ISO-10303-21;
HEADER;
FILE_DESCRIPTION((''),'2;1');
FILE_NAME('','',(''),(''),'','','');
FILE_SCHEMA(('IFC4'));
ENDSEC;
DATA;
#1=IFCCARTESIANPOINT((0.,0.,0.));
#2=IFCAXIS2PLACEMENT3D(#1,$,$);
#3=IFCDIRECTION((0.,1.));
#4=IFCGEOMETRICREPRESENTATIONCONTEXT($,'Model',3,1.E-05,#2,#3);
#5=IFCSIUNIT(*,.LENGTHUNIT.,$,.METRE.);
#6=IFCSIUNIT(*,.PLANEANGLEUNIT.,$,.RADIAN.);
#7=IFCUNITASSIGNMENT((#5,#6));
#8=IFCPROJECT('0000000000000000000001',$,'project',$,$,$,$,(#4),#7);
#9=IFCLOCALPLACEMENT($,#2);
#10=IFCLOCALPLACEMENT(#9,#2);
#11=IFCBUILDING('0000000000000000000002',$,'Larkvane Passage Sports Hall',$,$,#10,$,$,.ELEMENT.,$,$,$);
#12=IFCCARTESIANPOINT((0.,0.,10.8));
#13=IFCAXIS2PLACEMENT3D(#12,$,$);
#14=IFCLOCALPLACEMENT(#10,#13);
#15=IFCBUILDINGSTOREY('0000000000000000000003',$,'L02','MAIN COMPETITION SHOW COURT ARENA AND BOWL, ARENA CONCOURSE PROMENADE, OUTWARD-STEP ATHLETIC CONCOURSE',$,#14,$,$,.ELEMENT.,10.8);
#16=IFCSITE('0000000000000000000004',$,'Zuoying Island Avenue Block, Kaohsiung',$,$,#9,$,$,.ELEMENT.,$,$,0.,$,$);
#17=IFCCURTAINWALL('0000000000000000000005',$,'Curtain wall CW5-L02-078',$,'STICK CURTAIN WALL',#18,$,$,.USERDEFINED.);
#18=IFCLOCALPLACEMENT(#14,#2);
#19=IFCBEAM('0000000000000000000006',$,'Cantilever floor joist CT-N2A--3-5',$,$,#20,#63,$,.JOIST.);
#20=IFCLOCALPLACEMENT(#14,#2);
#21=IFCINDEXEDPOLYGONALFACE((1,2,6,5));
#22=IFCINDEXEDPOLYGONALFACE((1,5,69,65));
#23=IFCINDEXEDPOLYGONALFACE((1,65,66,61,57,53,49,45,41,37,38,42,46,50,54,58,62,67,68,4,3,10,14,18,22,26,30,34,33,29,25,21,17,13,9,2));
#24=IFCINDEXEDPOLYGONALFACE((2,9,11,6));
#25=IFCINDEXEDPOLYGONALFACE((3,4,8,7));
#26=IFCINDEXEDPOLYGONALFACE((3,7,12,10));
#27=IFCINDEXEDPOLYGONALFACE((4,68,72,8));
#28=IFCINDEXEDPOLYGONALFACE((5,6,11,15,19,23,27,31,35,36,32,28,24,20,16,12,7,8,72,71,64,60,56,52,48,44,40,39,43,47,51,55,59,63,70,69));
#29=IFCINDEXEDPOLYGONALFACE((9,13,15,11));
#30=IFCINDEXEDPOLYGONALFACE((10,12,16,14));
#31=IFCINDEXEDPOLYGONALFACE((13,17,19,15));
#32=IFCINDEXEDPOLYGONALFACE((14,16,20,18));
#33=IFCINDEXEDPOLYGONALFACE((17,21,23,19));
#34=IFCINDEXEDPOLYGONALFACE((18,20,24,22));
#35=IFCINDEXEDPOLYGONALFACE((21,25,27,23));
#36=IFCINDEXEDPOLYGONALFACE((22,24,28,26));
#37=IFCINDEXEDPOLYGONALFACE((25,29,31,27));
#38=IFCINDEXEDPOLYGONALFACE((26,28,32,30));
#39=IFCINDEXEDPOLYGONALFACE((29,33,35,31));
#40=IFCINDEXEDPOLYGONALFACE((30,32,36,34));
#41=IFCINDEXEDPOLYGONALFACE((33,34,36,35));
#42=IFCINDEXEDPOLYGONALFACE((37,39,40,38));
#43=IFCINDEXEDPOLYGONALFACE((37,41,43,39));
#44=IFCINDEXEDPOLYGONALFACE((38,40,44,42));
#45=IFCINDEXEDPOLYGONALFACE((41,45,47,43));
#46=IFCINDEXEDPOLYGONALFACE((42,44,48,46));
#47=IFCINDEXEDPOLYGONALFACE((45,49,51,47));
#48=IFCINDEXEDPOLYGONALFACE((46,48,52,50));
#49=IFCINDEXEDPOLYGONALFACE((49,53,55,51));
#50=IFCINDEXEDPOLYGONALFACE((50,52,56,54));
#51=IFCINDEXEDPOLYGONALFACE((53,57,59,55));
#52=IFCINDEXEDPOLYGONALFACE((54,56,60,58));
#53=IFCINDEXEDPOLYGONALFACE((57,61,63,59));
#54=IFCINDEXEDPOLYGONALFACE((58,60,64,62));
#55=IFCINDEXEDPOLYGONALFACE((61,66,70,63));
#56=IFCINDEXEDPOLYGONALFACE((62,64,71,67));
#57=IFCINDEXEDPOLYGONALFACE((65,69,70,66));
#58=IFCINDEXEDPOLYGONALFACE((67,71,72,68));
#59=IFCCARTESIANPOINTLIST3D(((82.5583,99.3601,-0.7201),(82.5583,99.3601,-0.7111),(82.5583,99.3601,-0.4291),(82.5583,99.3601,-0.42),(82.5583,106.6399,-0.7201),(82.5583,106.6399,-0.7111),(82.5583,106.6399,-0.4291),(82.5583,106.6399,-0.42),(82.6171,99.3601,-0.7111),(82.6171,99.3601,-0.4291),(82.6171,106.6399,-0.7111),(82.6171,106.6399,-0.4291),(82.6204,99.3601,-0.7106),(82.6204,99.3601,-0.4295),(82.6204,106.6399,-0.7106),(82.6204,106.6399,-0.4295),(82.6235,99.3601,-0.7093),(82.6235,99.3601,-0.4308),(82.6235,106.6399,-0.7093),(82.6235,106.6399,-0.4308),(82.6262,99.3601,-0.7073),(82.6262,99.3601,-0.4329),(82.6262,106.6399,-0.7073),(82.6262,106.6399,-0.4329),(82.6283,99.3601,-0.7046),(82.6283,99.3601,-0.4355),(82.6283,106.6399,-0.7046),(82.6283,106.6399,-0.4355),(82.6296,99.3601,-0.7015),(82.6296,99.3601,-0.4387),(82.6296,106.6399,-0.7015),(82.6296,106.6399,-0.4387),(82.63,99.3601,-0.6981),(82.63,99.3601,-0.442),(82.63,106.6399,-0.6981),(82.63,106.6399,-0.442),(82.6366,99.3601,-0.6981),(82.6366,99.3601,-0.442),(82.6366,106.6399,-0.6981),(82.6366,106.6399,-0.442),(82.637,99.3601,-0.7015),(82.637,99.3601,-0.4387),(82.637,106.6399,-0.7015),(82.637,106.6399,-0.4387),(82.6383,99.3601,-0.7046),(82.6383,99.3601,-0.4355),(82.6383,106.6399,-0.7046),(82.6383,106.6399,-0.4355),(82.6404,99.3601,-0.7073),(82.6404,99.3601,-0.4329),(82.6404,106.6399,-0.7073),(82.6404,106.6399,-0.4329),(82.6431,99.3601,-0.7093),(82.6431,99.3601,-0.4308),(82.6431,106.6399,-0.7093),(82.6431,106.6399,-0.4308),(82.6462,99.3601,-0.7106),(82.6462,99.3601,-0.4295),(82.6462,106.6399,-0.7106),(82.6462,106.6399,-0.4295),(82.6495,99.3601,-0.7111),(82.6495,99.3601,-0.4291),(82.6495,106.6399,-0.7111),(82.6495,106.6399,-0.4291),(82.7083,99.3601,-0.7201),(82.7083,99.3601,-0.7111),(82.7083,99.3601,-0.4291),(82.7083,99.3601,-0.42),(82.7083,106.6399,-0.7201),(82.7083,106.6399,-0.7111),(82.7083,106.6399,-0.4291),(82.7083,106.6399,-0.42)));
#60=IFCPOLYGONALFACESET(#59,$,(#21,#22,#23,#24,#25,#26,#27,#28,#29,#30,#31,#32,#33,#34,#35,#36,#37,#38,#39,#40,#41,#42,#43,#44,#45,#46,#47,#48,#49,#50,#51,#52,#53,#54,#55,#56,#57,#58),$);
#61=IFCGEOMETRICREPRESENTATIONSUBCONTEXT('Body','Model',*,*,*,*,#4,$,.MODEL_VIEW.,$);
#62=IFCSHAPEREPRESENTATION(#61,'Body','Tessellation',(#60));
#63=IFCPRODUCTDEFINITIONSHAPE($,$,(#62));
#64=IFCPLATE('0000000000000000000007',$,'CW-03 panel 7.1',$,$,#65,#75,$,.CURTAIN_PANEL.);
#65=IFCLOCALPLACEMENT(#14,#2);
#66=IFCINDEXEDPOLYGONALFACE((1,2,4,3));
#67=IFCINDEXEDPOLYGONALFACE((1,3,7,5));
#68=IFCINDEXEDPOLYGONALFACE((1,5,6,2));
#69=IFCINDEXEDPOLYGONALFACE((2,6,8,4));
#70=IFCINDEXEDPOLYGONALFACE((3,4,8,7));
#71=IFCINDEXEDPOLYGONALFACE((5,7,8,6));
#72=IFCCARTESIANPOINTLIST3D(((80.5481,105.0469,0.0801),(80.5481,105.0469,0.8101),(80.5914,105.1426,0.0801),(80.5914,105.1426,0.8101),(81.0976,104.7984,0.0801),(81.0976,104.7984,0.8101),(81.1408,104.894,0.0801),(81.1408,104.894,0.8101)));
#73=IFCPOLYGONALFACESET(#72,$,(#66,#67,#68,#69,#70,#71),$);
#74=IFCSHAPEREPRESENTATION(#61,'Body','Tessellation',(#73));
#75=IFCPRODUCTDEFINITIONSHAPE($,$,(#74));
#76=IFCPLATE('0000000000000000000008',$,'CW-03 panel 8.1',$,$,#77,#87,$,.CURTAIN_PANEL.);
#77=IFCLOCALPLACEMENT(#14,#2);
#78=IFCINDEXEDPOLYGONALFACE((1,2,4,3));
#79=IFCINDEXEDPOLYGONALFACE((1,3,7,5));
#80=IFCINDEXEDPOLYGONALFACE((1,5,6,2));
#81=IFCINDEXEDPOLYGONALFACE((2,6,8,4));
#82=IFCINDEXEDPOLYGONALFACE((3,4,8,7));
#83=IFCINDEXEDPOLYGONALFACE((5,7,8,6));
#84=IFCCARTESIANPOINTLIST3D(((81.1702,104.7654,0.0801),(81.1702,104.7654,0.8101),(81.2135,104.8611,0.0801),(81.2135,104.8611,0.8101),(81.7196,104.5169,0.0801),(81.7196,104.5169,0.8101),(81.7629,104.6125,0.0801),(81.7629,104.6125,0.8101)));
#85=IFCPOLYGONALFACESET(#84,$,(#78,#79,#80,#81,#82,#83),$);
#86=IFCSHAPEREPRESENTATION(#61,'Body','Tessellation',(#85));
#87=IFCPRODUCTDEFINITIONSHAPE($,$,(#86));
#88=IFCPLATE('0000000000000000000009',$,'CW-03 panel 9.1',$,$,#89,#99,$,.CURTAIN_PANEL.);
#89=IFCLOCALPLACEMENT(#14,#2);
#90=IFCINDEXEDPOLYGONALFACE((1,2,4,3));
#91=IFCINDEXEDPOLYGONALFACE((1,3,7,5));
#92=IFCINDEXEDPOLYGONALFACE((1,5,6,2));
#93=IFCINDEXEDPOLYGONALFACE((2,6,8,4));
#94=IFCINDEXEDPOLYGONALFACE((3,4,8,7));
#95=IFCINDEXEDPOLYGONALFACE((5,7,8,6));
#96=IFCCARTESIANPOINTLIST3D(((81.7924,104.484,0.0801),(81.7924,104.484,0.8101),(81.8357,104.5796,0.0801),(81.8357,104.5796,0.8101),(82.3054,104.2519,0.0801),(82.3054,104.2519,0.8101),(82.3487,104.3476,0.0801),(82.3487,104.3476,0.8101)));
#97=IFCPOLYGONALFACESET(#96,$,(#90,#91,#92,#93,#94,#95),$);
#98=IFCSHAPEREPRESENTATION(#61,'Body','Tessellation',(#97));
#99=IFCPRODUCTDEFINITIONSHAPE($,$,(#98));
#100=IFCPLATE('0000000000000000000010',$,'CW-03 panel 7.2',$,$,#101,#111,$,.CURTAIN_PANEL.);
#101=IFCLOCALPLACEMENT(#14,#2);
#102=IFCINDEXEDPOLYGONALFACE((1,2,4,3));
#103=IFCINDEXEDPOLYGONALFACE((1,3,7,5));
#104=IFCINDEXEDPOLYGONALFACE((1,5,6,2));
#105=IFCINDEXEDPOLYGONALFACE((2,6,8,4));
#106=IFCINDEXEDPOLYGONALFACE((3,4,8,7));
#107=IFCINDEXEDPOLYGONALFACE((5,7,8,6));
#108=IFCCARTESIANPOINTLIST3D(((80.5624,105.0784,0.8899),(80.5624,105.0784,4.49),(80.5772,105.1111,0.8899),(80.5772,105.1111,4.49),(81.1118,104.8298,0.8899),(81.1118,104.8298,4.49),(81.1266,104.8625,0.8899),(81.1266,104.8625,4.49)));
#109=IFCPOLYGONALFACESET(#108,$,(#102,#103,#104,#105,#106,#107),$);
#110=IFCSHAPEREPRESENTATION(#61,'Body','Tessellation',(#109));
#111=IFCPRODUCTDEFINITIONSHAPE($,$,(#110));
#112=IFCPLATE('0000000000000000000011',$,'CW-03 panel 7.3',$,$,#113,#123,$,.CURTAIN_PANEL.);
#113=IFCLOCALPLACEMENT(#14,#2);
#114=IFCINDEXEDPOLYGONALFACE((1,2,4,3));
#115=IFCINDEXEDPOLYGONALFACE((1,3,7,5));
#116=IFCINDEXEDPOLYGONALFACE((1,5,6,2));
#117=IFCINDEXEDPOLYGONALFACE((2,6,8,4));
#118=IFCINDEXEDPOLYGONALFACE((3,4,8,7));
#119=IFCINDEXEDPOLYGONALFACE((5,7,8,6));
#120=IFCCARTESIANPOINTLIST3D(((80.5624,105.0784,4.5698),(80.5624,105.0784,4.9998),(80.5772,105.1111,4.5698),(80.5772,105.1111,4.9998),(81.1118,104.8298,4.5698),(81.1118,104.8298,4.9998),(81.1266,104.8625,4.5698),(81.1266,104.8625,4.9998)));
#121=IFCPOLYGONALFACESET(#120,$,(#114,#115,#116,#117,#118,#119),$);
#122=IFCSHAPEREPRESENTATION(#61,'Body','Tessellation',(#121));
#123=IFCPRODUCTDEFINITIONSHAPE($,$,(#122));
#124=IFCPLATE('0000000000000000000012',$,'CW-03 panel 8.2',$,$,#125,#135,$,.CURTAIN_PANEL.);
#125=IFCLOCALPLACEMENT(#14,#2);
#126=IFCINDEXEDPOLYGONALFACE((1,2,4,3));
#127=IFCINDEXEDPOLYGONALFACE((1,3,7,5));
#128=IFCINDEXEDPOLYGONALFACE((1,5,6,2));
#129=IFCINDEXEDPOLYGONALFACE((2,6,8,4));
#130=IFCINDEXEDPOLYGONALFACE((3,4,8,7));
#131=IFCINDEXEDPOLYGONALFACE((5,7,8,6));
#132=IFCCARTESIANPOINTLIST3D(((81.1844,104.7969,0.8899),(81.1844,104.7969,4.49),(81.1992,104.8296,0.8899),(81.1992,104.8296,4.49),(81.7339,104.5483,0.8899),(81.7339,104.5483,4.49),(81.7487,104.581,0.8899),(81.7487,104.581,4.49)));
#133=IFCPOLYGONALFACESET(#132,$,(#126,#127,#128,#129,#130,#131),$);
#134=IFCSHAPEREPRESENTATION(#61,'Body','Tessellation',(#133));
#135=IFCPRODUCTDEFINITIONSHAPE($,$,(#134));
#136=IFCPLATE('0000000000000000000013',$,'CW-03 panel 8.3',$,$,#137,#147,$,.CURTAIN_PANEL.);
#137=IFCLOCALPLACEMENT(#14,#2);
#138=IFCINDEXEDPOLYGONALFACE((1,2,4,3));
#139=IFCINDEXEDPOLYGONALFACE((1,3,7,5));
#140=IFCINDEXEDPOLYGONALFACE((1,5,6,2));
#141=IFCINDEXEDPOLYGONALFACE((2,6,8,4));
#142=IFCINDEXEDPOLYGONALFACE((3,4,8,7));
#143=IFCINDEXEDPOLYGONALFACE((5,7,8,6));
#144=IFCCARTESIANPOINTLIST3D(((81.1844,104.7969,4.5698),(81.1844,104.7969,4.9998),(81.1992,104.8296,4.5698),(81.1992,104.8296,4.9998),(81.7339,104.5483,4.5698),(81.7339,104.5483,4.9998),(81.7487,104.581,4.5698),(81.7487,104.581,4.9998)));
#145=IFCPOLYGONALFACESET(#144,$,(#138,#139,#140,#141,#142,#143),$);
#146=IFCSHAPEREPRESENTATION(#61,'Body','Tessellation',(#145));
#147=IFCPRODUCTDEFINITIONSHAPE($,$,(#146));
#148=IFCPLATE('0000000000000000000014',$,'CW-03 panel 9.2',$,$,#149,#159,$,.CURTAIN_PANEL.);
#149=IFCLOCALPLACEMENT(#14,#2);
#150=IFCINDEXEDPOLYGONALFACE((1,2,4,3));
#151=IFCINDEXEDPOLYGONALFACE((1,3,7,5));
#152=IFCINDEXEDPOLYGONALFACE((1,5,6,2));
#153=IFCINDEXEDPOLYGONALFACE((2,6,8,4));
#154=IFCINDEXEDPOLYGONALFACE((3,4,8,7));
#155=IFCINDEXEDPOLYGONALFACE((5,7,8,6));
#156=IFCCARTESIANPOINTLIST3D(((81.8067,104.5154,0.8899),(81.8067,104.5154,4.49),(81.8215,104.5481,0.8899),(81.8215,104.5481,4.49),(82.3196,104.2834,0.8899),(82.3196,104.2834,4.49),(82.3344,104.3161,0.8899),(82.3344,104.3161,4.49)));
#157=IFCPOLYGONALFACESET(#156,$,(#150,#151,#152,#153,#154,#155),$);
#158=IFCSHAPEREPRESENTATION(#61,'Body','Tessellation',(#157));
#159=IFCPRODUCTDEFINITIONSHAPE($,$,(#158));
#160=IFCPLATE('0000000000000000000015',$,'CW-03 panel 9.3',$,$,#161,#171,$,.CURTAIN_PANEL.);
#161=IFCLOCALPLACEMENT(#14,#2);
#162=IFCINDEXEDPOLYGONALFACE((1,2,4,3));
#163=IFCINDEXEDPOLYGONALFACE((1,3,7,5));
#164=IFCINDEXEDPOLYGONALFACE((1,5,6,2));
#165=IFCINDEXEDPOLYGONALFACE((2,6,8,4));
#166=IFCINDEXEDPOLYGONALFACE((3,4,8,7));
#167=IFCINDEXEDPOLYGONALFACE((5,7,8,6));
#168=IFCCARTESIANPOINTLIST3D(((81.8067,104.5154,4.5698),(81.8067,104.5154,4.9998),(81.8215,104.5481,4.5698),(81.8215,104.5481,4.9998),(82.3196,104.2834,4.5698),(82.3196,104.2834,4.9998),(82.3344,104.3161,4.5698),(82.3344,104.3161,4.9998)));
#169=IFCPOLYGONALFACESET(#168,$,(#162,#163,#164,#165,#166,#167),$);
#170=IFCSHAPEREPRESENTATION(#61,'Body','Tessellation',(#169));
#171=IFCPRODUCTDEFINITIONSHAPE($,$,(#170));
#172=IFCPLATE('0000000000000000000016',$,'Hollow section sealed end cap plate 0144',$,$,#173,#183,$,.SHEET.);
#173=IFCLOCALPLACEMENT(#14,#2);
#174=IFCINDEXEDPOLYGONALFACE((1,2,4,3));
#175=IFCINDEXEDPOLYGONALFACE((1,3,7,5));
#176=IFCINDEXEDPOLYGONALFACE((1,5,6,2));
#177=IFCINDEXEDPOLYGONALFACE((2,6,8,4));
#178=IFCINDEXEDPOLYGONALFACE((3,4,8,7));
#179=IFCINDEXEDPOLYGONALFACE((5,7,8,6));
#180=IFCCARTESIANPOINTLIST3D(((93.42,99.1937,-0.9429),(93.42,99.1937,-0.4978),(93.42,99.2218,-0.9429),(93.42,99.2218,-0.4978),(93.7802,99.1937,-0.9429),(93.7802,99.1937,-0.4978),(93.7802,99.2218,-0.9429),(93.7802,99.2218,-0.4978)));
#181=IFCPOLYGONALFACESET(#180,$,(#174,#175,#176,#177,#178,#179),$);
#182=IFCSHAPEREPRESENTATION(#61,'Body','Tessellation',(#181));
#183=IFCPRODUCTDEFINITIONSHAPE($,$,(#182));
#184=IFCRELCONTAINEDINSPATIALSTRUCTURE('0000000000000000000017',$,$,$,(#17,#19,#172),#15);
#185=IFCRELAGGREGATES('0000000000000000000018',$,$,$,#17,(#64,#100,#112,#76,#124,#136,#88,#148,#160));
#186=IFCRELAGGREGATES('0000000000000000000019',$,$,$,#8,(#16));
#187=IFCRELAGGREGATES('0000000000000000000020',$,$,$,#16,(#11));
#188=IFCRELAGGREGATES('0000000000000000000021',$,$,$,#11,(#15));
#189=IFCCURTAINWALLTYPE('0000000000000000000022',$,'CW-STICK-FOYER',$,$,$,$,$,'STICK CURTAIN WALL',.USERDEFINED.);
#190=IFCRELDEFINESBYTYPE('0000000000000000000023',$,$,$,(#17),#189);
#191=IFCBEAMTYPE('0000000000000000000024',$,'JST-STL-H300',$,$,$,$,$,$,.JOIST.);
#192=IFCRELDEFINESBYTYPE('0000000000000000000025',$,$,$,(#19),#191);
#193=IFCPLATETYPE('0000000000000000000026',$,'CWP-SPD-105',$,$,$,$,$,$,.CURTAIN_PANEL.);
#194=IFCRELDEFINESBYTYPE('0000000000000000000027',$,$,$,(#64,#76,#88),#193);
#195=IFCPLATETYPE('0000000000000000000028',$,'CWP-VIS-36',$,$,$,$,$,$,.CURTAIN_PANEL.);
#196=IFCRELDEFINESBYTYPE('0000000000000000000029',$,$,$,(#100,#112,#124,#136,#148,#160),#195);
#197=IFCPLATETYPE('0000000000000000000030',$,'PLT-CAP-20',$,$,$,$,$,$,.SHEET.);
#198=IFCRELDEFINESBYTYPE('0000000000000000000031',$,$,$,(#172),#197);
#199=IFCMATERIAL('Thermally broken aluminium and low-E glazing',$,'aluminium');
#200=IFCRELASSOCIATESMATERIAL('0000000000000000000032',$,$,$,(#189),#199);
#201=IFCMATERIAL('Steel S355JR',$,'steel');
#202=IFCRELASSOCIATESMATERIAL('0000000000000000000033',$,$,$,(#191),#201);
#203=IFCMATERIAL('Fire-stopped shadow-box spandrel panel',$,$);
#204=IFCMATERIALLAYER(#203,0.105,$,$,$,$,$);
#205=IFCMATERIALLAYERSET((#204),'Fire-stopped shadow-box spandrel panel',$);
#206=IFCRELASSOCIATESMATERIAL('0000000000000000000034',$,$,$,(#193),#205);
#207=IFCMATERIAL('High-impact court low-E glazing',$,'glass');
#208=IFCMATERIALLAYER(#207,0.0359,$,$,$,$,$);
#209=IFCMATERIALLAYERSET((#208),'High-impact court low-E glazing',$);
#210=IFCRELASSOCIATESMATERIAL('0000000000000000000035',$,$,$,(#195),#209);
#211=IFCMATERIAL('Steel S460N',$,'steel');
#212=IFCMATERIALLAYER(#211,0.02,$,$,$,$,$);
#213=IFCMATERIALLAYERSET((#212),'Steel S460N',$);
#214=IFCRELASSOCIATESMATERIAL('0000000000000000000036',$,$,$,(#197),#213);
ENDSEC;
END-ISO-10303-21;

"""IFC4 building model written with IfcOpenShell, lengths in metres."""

from ifc_helpers import new_model, si_unit, direction, frame, origin, origin_2d, place, context, subcontext, project, spatial, rectangle, i_section, extrude, material, layer, layer_set, material_profile, profile_set, type_object, element, aggregate, save


model = new_model("IFC4")

# Units and contexts
model_context = context("Model", 3, precision=1e-05, world=origin(), true_north=direction((0.0, 1.0)))
body_context = subcontext(model_context, "Body", "Model", "MODEL_VIEW")
ifc_project = project(units=[si_unit("LENGTHUNIT", "METRE"), si_unit("PLANEANGLEUNIT", "RADIAN")], contexts=[model_context])

# Site, building, storey
site_placement = place(None, origin())
site = spatial("IfcSite", under=ifc_project, at=site_placement, Name="Zuoying Island Avenue Block, Kaohsiung", CompositionType="ELEMENT", RefElevation=0.0)
building_placement = place(site_placement, origin())
building = spatial("IfcBuilding", under=site, at=building_placement, Name="Larkvane Passage Sports Hall", CompositionType="ELEMENT")
storey_placement = place(building_placement, frame((0.0, 0.0, 10.8)))
storey = spatial("IfcBuildingStorey", under=building, at=storey_placement, Name="L02", Description="MAIN COMPETITION SHOW COURT ARENA AND BOWL, ARENA CONCOURSE PROMENADE, OUTWARD-STEP ATHLETIC CONCOURSE", CompositionType="ELEMENT", Elevation=10.8)

# Curtain wall
ifc_material_1 = material(Name="Thermally broken aluminium and low-E glazing", Category="aluminium")
curtain_wall_type = type_object("IfcCurtainWallType", Name="CW-STICK-FOYER", ElementType="STICK CURTAIN WALL", PredefinedType="USERDEFINED", material=ifc_material_1)
curtain_wall_placement = place(storey_placement, origin())
curtain_wall = element("IfcCurtainWall", 1, at=curtain_wall_placement, inside=storey, type_object=curtain_wall_type, Name="Curtain wall CW5-L02-078", ObjectType="STICK CURTAIN WALL", PredefinedType="USERDEFINED")

# Beam
ifc_material_2 = material(Name="Steel S355JR", Category="steel")
ifc_material_profile_1 = material_profile(ifc_material_2, i_section(OverallWidth=0.1499, OverallDepth=0.3, WebThickness=0.0066, FlangeThickness=0.009, FilletRadius=0.0129, at=origin_2d()), Name="H-300x150x6.5x9")
ifc_profile_set_1 = profile_set([ifc_material_profile_1], Name="Steel S355JR")
beam_type = type_object("IfcBeamType", Name="JST-STL-H300", PredefinedType="JOIST", material=ifc_profile_set_1)
beam_placement = place(storey_placement, frame((82.6333, 99.3601, -0.5701), z_axis=(0.0, 1.0, 0.0), x_axis=(-1.0, 0.0, 0.0)))
element("IfcBeam", 2, at=beam_placement, inside=storey, type_object=beam_type, Name="Cantilever floor joist CT-N2A--3-5", PredefinedType="JOIST", context=body_context, shape_type="SweptSolid", body=[
    extrude(i_section(OverallWidth=0.1499, OverallDepth=0.3, WebThickness=0.0066, FlangeThickness=0.009, FilletRadius=0.0129, at=origin_2d()), origin(), (0.0, 0.0, 1.0), 7.2798),
])

# Plates
ifc_material_3 = material(Name="Fire-stopped shadow-box spandrel panel")
ifc_layer_1 = layer(ifc_material_3, 0.105)
ifc_layer_set_1 = layer_set([ifc_layer_1], Name="Fire-stopped shadow-box spandrel panel")
plate_type_1 = type_object("IfcPlateType", Name="CWP-SPD-105", PredefinedType="CURTAIN_PANEL", material=ifc_layer_set_1)
plate_1_placement = place(storey_placement, frame((80.8445, 104.9705, 0.0801), z_axis=(0.0, 0.0, 1.0), x_axis=(0.91111, -0.412163, 0.0)))
plate_1 = element("IfcPlate", 3, at=plate_1_placement, type_object=plate_type_1, Name="CW-03 panel 7.1", PredefinedType="CURTAIN_PANEL", context=body_context, shape_type="SweptSolid", body=[
    extrude(rectangle(XDim=0.603, YDim=0.105, at=origin_2d()), origin(), (0.0, 0.0, 1.0), 0.73),
])
plate_2_placement = place(storey_placement, frame((81.4666, 104.689, 0.0801), z_axis=(0.0, 0.0, 1.0), x_axis=(0.91111, -0.412163, 0.0)))
plate_2 = element("IfcPlate", 4, at=plate_2_placement, type_object=plate_type_1, Name="CW-03 panel 8.1", PredefinedType="CURTAIN_PANEL", context=body_context, shape_type="SweptSolid", body=[
    extrude(rectangle(XDim=0.603, YDim=0.105, at=origin_2d()), origin(), (0.0, 0.0, 1.0), 0.73),
])
plate_3_placement = place(storey_placement, frame((82.0706, 104.4158, 0.0801), z_axis=(0.0, 0.0, 1.0), x_axis=(0.91111, -0.412163, 0.0)))
plate_3 = element("IfcPlate", 5, at=plate_3_placement, type_object=plate_type_1, Name="CW-03 panel 9.1", PredefinedType="CURTAIN_PANEL", context=body_context, shape_type="SweptSolid", body=[
    extrude(rectangle(XDim=0.563, YDim=0.105, at=origin_2d()), origin(), (0.0, 0.0, 1.0), 0.73),
])
ifc_material_4 = material(Name="High-impact court low-E glazing", Category="glass")
ifc_layer_2 = layer(ifc_material_4, 0.0359)
ifc_layer_set_2 = layer_set([ifc_layer_2], Name="High-impact court low-E glazing")
plate_type_2 = type_object("IfcPlateType", Name="CWP-VIS-36", PredefinedType="CURTAIN_PANEL", material=ifc_layer_set_2)
plate_4_placement = place(storey_placement, frame((80.8445, 104.9705, 0.8899), z_axis=(0.0, 0.0, 1.0), x_axis=(0.91111, -0.412163, 0.0)))
plate_4 = element("IfcPlate", 6, at=plate_4_placement, type_object=plate_type_2, Name="CW-03 panel 7.2", PredefinedType="CURTAIN_PANEL", context=body_context, shape_type="SweptSolid", body=[
    extrude(rectangle(XDim=0.603, YDim=0.0359, at=origin_2d()), origin(), (0.0, 0.0, 1.0), 3.6001),
])
plate_5_placement = place(storey_placement, frame((80.8445, 104.9705, 4.5698), z_axis=(0.0, 0.0, 1.0), x_axis=(0.91111, -0.412163, 0.0)))
plate_5 = element("IfcPlate", 7, at=plate_5_placement, type_object=plate_type_2, Name="CW-03 panel 7.3", PredefinedType="CURTAIN_PANEL", context=body_context, shape_type="SweptSolid", body=[
    extrude(rectangle(XDim=0.603, YDim=0.0359, at=origin_2d()), origin(), (0.0, 0.0, 1.0), 0.4299),
])
plate_6_placement = place(storey_placement, frame((81.4666, 104.689, 0.8899), z_axis=(0.0, 0.0, 1.0), x_axis=(0.91111, -0.412163, 0.0)))
plate_6 = element("IfcPlate", 8, at=plate_6_placement, type_object=plate_type_2, Name="CW-03 panel 8.2", PredefinedType="CURTAIN_PANEL", context=body_context, shape_type="SweptSolid", body=[
    extrude(rectangle(XDim=0.603, YDim=0.0359, at=origin_2d()), origin(), (0.0, 0.0, 1.0), 3.6001),
])
plate_7_placement = place(storey_placement, frame((81.4666, 104.689, 4.5698), z_axis=(0.0, 0.0, 1.0), x_axis=(0.91111, -0.412163, 0.0)))
plate_7 = element("IfcPlate", 9, at=plate_7_placement, type_object=plate_type_2, Name="CW-03 panel 8.3", PredefinedType="CURTAIN_PANEL", context=body_context, shape_type="SweptSolid", body=[
    extrude(rectangle(XDim=0.603, YDim=0.0359, at=origin_2d()), origin(), (0.0, 0.0, 1.0), 0.4299),
])
plate_8_placement = place(storey_placement, frame((82.0706, 104.4158, 0.8899), z_axis=(0.0, 0.0, 1.0), x_axis=(0.91111, -0.412163, 0.0)))
plate_8 = element("IfcPlate", 10, at=plate_8_placement, type_object=plate_type_2, Name="CW-03 panel 9.2", PredefinedType="CURTAIN_PANEL", context=body_context, shape_type="SweptSolid", body=[
    extrude(rectangle(XDim=0.563, YDim=0.0359, at=origin_2d()), origin(), (0.0, 0.0, 1.0), 3.6001),
])
plate_9_placement = place(storey_placement, frame((82.0706, 104.4158, 4.5698), z_axis=(0.0, 0.0, 1.0), x_axis=(0.91111, -0.412163, 0.0)))
plate_9 = element("IfcPlate", 11, at=plate_9_placement, type_object=plate_type_2, Name="CW-03 panel 9.3", PredefinedType="CURTAIN_PANEL", context=body_context, shape_type="SweptSolid", body=[
    extrude(rectangle(XDim=0.563, YDim=0.0359, at=origin_2d()), origin(), (0.0, 0.0, 1.0), 0.4299),
])
aggregate(curtain_wall, [plate_1, plate_4, plate_5, plate_2, plate_6, plate_7, plate_3, plate_8, plate_9])
ifc_material_5 = material(Name="Steel S460N", Category="steel")
ifc_layer_3 = layer(ifc_material_5, 0.02)
ifc_layer_set_3 = layer_set([ifc_layer_3], Name="Steel S460N")
plate_type_3 = type_object("IfcPlateType", Name="PLT-CAP-20", PredefinedType="SHEET", material=ifc_layer_set_3)
plate_10_placement = place(storey_placement, frame((93.6001, 99.2078, -0.9429), z_axis=(0.0, 0.0, 1.0), x_axis=(-1.0, 0.0, 0.0)))
element("IfcPlate", 12, at=plate_10_placement, inside=storey, type_object=plate_type_3, Name="Hollow section sealed end cap plate 0144", PredefinedType="SHEET", context=body_context, shape_type="SweptSolid", body=[
    extrude(rectangle(XDim=0.3601, YDim=0.0281, at=origin_2d()), origin(), (0.0, 0.0, 1.0), 0.4451),
])

save(model, "model.ifc")
